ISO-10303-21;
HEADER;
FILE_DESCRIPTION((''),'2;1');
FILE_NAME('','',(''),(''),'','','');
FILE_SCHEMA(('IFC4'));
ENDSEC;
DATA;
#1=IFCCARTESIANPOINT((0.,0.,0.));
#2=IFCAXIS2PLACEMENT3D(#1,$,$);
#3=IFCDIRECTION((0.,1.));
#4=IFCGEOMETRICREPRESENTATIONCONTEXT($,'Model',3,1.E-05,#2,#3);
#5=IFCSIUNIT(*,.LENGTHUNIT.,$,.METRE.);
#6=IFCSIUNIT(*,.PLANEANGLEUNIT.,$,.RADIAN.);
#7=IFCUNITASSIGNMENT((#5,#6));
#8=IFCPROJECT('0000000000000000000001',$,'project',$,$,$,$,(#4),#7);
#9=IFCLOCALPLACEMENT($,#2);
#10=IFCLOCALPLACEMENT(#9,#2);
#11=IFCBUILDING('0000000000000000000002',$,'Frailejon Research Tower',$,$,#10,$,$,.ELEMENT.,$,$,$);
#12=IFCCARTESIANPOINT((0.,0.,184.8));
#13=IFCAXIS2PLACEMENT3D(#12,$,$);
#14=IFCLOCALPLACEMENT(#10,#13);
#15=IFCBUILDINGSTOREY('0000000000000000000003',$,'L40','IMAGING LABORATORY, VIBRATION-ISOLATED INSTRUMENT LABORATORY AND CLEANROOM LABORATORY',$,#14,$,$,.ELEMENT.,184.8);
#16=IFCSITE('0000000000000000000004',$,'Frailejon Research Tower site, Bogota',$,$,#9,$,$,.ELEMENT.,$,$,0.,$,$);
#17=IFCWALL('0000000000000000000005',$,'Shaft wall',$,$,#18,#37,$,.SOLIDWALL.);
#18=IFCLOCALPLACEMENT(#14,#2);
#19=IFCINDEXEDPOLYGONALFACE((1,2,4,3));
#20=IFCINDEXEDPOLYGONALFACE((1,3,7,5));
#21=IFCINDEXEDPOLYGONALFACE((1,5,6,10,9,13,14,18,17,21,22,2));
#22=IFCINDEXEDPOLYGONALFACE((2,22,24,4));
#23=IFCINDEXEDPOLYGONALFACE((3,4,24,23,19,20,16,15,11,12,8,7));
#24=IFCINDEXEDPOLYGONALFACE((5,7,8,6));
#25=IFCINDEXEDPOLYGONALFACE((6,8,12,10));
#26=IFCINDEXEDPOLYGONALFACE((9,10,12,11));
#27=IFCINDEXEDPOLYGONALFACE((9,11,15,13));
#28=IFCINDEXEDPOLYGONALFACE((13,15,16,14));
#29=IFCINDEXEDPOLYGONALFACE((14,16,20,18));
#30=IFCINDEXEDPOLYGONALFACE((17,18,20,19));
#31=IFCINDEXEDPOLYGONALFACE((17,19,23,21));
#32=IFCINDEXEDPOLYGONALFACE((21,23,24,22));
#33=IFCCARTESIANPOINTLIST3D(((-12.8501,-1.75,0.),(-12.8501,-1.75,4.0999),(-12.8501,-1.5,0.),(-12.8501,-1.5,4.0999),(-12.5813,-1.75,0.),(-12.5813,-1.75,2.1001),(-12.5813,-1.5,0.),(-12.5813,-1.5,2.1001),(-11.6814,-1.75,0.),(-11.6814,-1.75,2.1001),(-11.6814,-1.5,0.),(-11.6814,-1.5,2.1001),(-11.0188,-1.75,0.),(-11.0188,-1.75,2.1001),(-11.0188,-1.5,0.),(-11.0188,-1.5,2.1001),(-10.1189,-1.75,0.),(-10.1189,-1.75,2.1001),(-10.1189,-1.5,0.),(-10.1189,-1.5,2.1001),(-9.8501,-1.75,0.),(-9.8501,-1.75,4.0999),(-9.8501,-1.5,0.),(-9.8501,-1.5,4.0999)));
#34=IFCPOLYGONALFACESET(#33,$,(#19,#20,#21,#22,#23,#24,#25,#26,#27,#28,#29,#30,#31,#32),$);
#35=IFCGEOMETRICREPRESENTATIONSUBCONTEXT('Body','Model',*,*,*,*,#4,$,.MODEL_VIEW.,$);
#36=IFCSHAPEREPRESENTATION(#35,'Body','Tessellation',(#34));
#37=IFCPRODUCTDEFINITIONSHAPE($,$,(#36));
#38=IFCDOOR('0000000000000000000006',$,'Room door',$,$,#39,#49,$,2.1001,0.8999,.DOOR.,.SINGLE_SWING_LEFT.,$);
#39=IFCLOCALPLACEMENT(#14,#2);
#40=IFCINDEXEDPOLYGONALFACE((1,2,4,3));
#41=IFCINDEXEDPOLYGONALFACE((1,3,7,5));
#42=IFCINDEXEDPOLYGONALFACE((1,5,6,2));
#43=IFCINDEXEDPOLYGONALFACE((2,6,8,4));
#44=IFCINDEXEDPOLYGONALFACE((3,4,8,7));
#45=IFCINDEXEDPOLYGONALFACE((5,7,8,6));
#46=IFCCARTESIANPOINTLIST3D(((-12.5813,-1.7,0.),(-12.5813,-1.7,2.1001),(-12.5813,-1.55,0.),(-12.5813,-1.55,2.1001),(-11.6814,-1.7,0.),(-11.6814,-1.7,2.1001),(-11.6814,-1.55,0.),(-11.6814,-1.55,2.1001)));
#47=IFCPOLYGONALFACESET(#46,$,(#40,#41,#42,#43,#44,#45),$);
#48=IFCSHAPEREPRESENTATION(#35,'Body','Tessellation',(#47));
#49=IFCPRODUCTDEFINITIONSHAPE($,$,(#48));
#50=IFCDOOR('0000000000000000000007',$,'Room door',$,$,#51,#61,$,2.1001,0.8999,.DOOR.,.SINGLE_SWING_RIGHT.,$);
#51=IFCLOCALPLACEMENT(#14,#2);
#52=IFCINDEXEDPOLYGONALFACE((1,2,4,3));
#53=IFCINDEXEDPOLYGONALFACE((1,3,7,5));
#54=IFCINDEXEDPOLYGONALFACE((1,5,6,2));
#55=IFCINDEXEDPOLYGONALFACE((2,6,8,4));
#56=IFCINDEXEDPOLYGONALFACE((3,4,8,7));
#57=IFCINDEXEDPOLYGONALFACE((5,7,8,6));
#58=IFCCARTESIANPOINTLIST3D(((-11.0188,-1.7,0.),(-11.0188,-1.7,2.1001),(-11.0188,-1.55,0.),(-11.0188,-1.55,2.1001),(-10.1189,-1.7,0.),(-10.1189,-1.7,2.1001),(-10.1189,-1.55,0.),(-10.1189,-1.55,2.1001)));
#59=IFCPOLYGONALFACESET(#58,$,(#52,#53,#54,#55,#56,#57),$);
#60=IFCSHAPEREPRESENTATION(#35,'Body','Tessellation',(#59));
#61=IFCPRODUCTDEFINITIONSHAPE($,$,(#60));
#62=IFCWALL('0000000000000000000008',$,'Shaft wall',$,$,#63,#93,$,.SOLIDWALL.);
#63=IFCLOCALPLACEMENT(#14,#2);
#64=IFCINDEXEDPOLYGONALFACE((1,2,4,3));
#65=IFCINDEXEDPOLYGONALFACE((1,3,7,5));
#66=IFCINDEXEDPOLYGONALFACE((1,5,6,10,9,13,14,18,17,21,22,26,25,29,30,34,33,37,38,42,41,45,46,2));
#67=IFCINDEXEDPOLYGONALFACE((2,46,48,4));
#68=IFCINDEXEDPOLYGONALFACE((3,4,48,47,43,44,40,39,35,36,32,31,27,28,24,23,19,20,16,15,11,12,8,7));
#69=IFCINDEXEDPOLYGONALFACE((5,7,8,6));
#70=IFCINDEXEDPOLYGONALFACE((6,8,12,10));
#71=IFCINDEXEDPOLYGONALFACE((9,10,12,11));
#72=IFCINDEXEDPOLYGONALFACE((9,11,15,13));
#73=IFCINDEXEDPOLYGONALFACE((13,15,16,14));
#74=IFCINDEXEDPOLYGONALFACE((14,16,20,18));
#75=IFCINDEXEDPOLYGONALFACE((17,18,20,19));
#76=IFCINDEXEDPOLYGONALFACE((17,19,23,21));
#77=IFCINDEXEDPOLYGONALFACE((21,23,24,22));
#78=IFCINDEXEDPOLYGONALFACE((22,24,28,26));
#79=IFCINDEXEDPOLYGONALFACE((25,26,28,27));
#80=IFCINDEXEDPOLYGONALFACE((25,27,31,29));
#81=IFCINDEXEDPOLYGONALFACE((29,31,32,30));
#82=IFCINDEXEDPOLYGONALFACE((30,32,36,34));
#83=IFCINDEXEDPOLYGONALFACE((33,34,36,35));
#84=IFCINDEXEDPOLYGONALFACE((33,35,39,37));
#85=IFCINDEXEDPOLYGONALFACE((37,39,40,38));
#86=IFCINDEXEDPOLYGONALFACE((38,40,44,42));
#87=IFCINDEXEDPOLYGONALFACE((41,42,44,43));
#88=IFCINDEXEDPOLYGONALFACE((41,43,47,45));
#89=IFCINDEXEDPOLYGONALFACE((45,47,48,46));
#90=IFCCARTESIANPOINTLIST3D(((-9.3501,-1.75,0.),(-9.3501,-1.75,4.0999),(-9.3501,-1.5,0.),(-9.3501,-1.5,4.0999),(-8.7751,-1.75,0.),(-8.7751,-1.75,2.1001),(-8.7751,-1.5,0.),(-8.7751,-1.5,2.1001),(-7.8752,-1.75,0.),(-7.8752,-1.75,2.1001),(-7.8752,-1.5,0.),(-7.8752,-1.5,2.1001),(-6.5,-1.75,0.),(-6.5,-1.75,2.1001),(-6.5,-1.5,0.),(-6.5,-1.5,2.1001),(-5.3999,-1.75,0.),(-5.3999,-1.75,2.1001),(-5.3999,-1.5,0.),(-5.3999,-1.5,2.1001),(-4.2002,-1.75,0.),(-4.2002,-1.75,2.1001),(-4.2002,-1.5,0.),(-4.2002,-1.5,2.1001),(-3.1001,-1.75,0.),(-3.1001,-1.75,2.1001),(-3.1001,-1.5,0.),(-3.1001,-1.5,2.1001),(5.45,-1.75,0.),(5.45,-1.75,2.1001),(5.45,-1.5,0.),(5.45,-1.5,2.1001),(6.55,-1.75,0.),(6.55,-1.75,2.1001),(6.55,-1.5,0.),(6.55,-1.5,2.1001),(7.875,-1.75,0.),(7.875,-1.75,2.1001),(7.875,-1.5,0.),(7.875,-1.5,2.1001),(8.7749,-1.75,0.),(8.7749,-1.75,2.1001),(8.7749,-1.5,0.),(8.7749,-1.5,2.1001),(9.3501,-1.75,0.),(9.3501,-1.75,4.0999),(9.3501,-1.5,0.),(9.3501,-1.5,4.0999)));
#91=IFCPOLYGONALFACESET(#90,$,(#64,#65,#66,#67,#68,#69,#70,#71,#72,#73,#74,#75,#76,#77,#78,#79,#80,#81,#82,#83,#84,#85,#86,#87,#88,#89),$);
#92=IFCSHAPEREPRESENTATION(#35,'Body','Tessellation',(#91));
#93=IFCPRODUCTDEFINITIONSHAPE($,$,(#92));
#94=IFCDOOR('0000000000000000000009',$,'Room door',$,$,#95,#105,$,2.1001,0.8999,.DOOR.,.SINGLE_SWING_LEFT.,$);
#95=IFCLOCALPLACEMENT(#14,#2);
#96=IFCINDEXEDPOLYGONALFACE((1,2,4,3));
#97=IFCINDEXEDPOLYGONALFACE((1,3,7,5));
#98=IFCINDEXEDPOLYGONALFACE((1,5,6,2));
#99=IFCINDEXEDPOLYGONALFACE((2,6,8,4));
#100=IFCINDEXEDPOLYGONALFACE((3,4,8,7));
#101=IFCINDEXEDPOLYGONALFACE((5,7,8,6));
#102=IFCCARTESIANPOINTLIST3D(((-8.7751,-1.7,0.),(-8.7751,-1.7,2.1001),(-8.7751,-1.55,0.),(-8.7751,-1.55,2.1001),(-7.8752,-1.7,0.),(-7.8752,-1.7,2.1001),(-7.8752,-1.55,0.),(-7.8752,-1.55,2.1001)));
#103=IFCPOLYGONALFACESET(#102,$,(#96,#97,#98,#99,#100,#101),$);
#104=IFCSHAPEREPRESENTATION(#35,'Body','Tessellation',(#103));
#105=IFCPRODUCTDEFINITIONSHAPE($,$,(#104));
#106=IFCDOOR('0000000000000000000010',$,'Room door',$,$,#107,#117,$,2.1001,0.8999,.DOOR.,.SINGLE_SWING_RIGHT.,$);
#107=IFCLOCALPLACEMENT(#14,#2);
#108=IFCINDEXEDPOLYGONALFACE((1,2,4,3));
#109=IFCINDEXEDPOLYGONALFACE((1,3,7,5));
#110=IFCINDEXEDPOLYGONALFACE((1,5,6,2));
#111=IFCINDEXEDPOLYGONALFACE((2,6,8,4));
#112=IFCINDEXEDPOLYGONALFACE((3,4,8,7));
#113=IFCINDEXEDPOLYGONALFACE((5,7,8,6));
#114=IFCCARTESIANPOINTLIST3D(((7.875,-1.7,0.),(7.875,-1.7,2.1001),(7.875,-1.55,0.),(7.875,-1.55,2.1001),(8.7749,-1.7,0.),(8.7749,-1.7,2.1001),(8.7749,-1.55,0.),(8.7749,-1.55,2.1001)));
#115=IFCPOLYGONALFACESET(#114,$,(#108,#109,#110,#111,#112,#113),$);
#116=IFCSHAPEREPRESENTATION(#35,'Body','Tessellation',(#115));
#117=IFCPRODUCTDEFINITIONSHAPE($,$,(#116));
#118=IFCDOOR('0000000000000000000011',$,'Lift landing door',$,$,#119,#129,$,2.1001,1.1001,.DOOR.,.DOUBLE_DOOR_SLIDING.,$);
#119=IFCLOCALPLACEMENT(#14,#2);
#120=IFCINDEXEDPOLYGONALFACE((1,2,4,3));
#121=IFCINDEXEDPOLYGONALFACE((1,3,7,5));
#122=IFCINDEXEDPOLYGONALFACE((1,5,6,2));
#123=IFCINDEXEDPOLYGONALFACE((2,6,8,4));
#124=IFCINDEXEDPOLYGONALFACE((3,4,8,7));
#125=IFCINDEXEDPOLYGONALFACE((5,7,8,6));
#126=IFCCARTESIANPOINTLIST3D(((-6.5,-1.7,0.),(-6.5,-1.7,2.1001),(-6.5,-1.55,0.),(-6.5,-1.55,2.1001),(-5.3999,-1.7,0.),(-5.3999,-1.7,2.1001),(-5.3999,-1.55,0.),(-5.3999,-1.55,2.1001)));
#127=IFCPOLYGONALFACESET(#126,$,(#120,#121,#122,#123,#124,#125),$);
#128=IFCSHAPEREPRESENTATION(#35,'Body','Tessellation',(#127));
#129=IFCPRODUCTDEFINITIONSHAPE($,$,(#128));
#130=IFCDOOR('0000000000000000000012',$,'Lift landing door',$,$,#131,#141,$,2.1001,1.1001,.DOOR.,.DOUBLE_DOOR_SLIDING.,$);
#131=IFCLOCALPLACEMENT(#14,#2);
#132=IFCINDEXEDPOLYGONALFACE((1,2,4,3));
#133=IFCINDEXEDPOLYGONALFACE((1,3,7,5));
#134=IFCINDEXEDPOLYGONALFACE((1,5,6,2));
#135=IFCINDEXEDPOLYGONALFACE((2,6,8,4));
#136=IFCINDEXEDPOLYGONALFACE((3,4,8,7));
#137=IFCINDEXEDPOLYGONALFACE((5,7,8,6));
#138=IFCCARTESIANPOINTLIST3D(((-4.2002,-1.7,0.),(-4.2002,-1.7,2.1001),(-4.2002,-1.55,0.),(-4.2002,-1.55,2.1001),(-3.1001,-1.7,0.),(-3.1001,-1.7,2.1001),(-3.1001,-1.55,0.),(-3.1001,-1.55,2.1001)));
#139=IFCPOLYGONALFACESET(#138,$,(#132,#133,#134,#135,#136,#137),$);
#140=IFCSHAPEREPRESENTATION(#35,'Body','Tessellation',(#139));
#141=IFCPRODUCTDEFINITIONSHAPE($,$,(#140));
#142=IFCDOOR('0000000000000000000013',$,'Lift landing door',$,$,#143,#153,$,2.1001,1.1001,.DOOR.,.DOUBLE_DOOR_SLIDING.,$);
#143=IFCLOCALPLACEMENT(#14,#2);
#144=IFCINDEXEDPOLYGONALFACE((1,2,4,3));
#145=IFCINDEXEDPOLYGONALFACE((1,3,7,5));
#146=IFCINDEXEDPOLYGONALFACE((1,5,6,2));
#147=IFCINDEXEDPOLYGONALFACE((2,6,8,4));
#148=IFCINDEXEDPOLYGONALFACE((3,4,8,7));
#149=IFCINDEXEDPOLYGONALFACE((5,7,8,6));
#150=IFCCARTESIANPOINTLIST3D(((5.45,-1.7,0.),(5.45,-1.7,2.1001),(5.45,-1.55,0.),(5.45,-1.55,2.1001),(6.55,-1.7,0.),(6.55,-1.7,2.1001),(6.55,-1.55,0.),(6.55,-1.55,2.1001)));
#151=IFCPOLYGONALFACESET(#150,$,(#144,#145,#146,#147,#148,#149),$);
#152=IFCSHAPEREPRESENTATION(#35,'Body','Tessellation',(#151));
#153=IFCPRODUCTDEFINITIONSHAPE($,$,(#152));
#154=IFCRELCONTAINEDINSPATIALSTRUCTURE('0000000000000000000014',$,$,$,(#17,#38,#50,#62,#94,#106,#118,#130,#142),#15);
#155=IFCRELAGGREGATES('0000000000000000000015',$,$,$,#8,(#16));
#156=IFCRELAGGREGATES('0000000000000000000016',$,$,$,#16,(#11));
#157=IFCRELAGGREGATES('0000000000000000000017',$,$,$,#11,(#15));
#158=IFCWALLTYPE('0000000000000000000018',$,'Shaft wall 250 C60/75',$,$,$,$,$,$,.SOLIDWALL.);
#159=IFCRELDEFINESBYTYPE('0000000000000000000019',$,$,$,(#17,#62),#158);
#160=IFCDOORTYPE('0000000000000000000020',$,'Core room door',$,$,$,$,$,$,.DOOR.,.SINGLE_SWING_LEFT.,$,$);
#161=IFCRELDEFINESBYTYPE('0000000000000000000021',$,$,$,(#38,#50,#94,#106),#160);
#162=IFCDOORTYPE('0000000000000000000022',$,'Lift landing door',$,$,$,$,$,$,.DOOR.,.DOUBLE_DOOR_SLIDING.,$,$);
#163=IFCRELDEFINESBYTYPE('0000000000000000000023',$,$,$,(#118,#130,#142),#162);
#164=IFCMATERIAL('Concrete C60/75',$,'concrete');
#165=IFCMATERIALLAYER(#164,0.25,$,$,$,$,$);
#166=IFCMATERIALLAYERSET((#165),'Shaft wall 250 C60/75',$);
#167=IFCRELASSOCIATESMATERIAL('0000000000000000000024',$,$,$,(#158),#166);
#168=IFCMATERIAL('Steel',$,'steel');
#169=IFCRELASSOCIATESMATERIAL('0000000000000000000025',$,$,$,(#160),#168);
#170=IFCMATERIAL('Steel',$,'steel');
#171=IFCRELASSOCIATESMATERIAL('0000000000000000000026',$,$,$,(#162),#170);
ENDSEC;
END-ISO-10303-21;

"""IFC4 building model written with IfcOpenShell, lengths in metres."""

from ifc_helpers import new_model, si_unit, direction, frame, frame_2d, origin, place, context, subcontext, project, spatial, rectangle, extrude, material, layer, layer_set, type_object, element, fill, save


model = new_model("IFC4")

# Units and contexts
model_context = context("Model", 3, precision=1e-05, world=origin(), true_north=direction((0.0, 1.0)))
body_context = subcontext(model_context, "Body", "Model", "MODEL_VIEW")
ifc_project = project(units=[si_unit("LENGTHUNIT", "METRE"), si_unit("PLANEANGLEUNIT", "RADIAN")], contexts=[model_context])

# Site, building, storey
site_placement = place(None, origin())
site = spatial("IfcSite", under=ifc_project, at=site_placement, Name="Frailejon Research Tower site, Bogota", CompositionType="ELEMENT", RefElevation=0.0)
building_placement = place(site_placement, origin())
building = spatial("IfcBuilding", under=site, at=building_placement, Name="Frailejon Research Tower", CompositionType="ELEMENT")
storey_placement = place(building_placement, frame((0.0, 0.0, 184.8)))
storey = spatial("IfcBuildingStorey", under=building, at=storey_placement, Name="L40", Description="IMAGING LABORATORY, VIBRATION-ISOLATED INSTRUMENT LABORATORY AND CLEANROOM LABORATORY", CompositionType="ELEMENT", Elevation=184.8)

# Walls, openings, doors
ifc_material_1 = material(Name="Concrete C60/75", Category="concrete")
ifc_layer = layer(ifc_material_1, 0.25)
ifc_layer_set = layer_set([ifc_layer], Name="Shaft wall 250 C60/75")
wall_type = type_object("IfcWallType", Name="Shaft wall 250 C60/75", PredefinedType="SOLIDWALL", material=ifc_layer_set)
ifc_material_2 = material(Name="Steel", Category="steel")
door_type_1 = type_object("IfcDoorType", Name="Core room door", OperationType="SINGLE_SWING_LEFT", PredefinedType="DOOR", material=ifc_material_2)
ifc_material_3 = material(Name="Steel", Category="steel")
door_type_2 = type_object("IfcDoorType", Name="Lift landing door", OperationType="DOUBLE_DOOR_SLIDING", PredefinedType="DOOR", material=ifc_material_3)
wall_1_placement = place(storey_placement, frame((-12.8501, -1.625, 0.0), z_axis=(0.0, 0.0, 1.0), x_axis=(1.0, 0.0, 0.0)))
wall_1 = element("IfcWall", 1, at=wall_1_placement, inside=storey, type_object=wall_type, Name="Shaft wall", PredefinedType="SOLIDWALL", context=body_context, shape_type="SweptSolid", body=[
    extrude(rectangle(XDim=3.0, YDim=0.25, at=frame_2d((1.5, 0.0))), origin(), (0.0, 0.0, 1.0), 4.0999),
])
opening_1_placement = place(wall_1_placement, frame((0.2688, 0.0, 0.0)))
opening_1 = element("IfcOpeningElement", 2, at=opening_1_placement, cuts=wall_1, PredefinedType="OPENING", context=body_context, shape_type="SweptSolid", body=[
    extrude(rectangle(XDim=0.8999, YDim=2.1001, at=frame_2d((0.45, 1.05))), frame((0.0, 0.135, 0.0), z_axis=(0.0, -1.0, 0.0), x_axis=(1.0, 0.0, 0.0)), (0.0, 0.0, 1.0), 0.27),
])
opening_2_placement = place(wall_1_placement, frame((1.8313, 0.0, 0.0)))
opening_2 = element("IfcOpeningElement", 3, at=opening_2_placement, cuts=wall_1, PredefinedType="OPENING", context=body_context, shape_type="SweptSolid", body=[
    extrude(rectangle(XDim=0.8999, YDim=2.1001, at=frame_2d((0.45, 1.05))), frame((0.0, 0.135, 0.0), z_axis=(0.0, -1.0, 0.0), x_axis=(1.0, 0.0, 0.0)), (0.0, 0.0, 1.0), 0.27),
])
door_1_placement = place(opening_1_placement, origin())
door_1 = element("IfcDoor", 4, at=door_1_placement, inside=storey, type_object=door_type_1, Name="Room door", OperationType="SINGLE_SWING_LEFT", OverallHeight=2.1001, OverallWidth=0.8999, PredefinedType="DOOR", context=body_context, shape_type="SweptSolid", body=[
    extrude(rectangle(XDim=0.8999, YDim=2.1001, at=frame_2d((0.45, 1.05))), frame((0.0, 0.075, 0.0), z_axis=(0.0, -1.0, 0.0), x_axis=(1.0, 0.0, 0.0)), (0.0, 0.0, 1.0), 0.1499),
])
fill(opening_1, door_1)
door_2_placement = place(opening_2_placement, origin())
door_2 = element("IfcDoor", 5, at=door_2_placement, inside=storey, type_object=door_type_1, Name="Room door", OperationType="SINGLE_SWING_RIGHT", OverallHeight=2.1001, OverallWidth=0.8999, PredefinedType="DOOR", context=body_context, shape_type="SweptSolid", body=[
    extrude(rectangle(XDim=0.8999, YDim=2.1001, at=frame_2d((0.45, 1.05))), frame((0.0, 0.075, 0.0), z_axis=(0.0, -1.0, 0.0), x_axis=(1.0, 0.0, 0.0)), (0.0, 0.0, 1.0), 0.1499),
])
fill(opening_2, door_2)
wall_2_placement = place(storey_placement, frame((-9.3501, -1.625, 0.0), z_axis=(0.0, 0.0, 1.0), x_axis=(1.0, 0.0, 0.0)))
wall_2 = element("IfcWall", 6, at=wall_2_placement, inside=storey, type_object=wall_type, Name="Shaft wall", PredefinedType="SOLIDWALL", context=body_context, shape_type="SweptSolid", body=[
    extrude(rectangle(XDim=18.7002, YDim=0.25, at=frame_2d((9.3501, 0.0))), origin(), (0.0, 0.0, 1.0), 4.0999),
])
opening_3_placement = place(wall_2_placement, frame((2.8501, 0.0, 0.0)))
opening_3 = element("IfcOpeningElement", 7, at=opening_3_placement, cuts=wall_2, PredefinedType="OPENING", context=body_context, shape_type="SweptSolid", body=[
    extrude(rectangle(XDim=1.1001, YDim=2.1001, at=frame_2d((0.55, 1.05))), frame((0.0, 0.135, 0.0), z_axis=(0.0, -1.0, 0.0), x_axis=(1.0, 0.0, 0.0)), (0.0, 0.0, 1.0), 0.27),
])
opening_4_placement = place(wall_2_placement, frame((5.1499, 0.0, 0.0)))
opening_4 = element("IfcOpeningElement", 8, at=opening_4_placement, cuts=wall_2, PredefinedType="OPENING", context=body_context, shape_type="SweptSolid", body=[
    extrude(rectangle(XDim=1.1001, YDim=2.1001, at=frame_2d((0.55, 1.05))), frame((0.0, 0.135, 0.0), z_axis=(0.0, -1.0, 0.0), x_axis=(1.0, 0.0, 0.0)), (0.0, 0.0, 1.0), 0.27),
])
opening_5_placement = place(wall_2_placement, frame((14.8, 0.0, 0.0)))
opening_5 = element("IfcOpeningElement", 9, at=opening_5_placement, cuts=wall_2, PredefinedType="OPENING", context=body_context, shape_type="SweptSolid", body=[
    extrude(rectangle(XDim=1.1001, YDim=2.1001, at=frame_2d((0.55, 1.05))), frame((0.0, 0.135, 0.0), z_axis=(0.0, -1.0, 0.0), x_axis=(1.0, 0.0, 0.0)), (0.0, 0.0, 1.0), 0.27),
])
opening_6_placement = place(wall_2_placement, frame((0.575, 0.0, 0.0)))
opening_6 = element("IfcOpeningElement", 10, at=opening_6_placement, cuts=wall_2, PredefinedType="OPENING", context=body_context, shape_type="SweptSolid", body=[
    extrude(rectangle(XDim=0.8999, YDim=2.1001, at=frame_2d((0.45, 1.05))), frame((0.0, 0.135, 0.0), z_axis=(0.0, -1.0, 0.0), x_axis=(1.0, 0.0, 0.0)), (0.0, 0.0, 1.0), 0.27),
])
opening_7_placement = place(wall_2_placement, frame((17.2251, 0.0, 0.0)))
opening_7 = element("IfcOpeningElement", 11, at=opening_7_placement, cuts=wall_2, PredefinedType="OPENING", context=body_context, shape_type="SweptSolid", body=[
    extrude(rectangle(XDim=0.8999, YDim=2.1001, at=frame_2d((0.45, 1.05))), frame((0.0, 0.135, 0.0), z_axis=(0.0, -1.0, 0.0), x_axis=(1.0, 0.0, 0.0)), (0.0, 0.0, 1.0), 0.27),
])
door_3_placement = place(opening_6_placement, origin())
door_3 = element("IfcDoor", 12, at=door_3_placement, inside=storey, type_object=door_type_1, Name="Room door", OperationType="SINGLE_SWING_LEFT", OverallHeight=2.1001, OverallWidth=0.8999, PredefinedType="DOOR", context=body_context, shape_type="SweptSolid", body=[
    extrude(rectangle(XDim=0.8999, YDim=2.1001, at=frame_2d((0.45, 1.05))), frame((0.0, 0.075, 0.0), z_axis=(0.0, -1.0, 0.0), x_axis=(1.0, 0.0, 0.0)), (0.0, 0.0, 1.0), 0.1499),
])
fill(opening_6, door_3)
door_4_placement = place(opening_7_placement, origin())
door_4 = element("IfcDoor", 13, at=door_4_placement, inside=storey, type_object=door_type_1, Name="Room door", OperationType="SINGLE_SWING_RIGHT", OverallHeight=2.1001, OverallWidth=0.8999, PredefinedType="DOOR", context=body_context, shape_type="SweptSolid", body=[
    extrude(rectangle(XDim=0.8999, YDim=2.1001, at=frame_2d((0.45, 1.05))), frame((0.0, 0.075, 0.0), z_axis=(0.0, -1.0, 0.0), x_axis=(1.0, 0.0, 0.0)), (0.0, 0.0, 1.0), 0.1499),
])
fill(opening_7, door_4)
door_5_placement = place(opening_3_placement, origin())
door_5 = element("IfcDoor", 14, at=door_5_placement, inside=storey, type_object=door_type_2, Name="Lift landing door", OperationType="DOUBLE_DOOR_SLIDING", OverallHeight=2.1001, OverallWidth=1.1001, PredefinedType="DOOR", context=body_context, shape_type="SweptSolid", body=[
    extrude(rectangle(XDim=1.1001, YDim=2.1001, at=frame_2d((0.55, 1.05))), frame((0.0, 0.075, 0.0), z_axis=(0.0, -1.0, 0.0), x_axis=(1.0, 0.0, 0.0)), (0.0, 0.0, 1.0), 0.1499),
])
fill(opening_3, door_5)
door_6_placement = place(opening_4_placement, origin())
door_6 = element("IfcDoor", 15, at=door_6_placement, inside=storey, type_object=door_type_2, Name="Lift landing door", OperationType="DOUBLE_DOOR_SLIDING", OverallHeight=2.1001, OverallWidth=1.1001, PredefinedType="DOOR", context=body_context, shape_type="SweptSolid", body=[
    extrude(rectangle(XDim=1.1001, YDim=2.1001, at=frame_2d((0.55, 1.05))), frame((0.0, 0.075, 0.0), z_axis=(0.0, -1.0, 0.0), x_axis=(1.0, 0.0, 0.0)), (0.0, 0.0, 1.0), 0.1499),
])
fill(opening_4, door_6)
door_7_placement = place(opening_5_placement, origin())
door_7 = element("IfcDoor", 16, at=door_7_placement, inside=storey, type_object=door_type_2, Name="Lift landing door", OperationType="DOUBLE_DOOR_SLIDING", OverallHeight=2.1001, OverallWidth=1.1001, PredefinedType="DOOR", context=body_context, shape_type="SweptSolid", body=[
    extrude(rectangle(XDim=1.1001, YDim=2.1001, at=frame_2d((0.55, 1.05))), frame((0.0, 0.075, 0.0), z_axis=(0.0, -1.0, 0.0), x_axis=(1.0, 0.0, 0.0)), (0.0, 0.0, 1.0), 0.1499),
])
fill(opening_5, door_7)

save(model, "model.ifc")
